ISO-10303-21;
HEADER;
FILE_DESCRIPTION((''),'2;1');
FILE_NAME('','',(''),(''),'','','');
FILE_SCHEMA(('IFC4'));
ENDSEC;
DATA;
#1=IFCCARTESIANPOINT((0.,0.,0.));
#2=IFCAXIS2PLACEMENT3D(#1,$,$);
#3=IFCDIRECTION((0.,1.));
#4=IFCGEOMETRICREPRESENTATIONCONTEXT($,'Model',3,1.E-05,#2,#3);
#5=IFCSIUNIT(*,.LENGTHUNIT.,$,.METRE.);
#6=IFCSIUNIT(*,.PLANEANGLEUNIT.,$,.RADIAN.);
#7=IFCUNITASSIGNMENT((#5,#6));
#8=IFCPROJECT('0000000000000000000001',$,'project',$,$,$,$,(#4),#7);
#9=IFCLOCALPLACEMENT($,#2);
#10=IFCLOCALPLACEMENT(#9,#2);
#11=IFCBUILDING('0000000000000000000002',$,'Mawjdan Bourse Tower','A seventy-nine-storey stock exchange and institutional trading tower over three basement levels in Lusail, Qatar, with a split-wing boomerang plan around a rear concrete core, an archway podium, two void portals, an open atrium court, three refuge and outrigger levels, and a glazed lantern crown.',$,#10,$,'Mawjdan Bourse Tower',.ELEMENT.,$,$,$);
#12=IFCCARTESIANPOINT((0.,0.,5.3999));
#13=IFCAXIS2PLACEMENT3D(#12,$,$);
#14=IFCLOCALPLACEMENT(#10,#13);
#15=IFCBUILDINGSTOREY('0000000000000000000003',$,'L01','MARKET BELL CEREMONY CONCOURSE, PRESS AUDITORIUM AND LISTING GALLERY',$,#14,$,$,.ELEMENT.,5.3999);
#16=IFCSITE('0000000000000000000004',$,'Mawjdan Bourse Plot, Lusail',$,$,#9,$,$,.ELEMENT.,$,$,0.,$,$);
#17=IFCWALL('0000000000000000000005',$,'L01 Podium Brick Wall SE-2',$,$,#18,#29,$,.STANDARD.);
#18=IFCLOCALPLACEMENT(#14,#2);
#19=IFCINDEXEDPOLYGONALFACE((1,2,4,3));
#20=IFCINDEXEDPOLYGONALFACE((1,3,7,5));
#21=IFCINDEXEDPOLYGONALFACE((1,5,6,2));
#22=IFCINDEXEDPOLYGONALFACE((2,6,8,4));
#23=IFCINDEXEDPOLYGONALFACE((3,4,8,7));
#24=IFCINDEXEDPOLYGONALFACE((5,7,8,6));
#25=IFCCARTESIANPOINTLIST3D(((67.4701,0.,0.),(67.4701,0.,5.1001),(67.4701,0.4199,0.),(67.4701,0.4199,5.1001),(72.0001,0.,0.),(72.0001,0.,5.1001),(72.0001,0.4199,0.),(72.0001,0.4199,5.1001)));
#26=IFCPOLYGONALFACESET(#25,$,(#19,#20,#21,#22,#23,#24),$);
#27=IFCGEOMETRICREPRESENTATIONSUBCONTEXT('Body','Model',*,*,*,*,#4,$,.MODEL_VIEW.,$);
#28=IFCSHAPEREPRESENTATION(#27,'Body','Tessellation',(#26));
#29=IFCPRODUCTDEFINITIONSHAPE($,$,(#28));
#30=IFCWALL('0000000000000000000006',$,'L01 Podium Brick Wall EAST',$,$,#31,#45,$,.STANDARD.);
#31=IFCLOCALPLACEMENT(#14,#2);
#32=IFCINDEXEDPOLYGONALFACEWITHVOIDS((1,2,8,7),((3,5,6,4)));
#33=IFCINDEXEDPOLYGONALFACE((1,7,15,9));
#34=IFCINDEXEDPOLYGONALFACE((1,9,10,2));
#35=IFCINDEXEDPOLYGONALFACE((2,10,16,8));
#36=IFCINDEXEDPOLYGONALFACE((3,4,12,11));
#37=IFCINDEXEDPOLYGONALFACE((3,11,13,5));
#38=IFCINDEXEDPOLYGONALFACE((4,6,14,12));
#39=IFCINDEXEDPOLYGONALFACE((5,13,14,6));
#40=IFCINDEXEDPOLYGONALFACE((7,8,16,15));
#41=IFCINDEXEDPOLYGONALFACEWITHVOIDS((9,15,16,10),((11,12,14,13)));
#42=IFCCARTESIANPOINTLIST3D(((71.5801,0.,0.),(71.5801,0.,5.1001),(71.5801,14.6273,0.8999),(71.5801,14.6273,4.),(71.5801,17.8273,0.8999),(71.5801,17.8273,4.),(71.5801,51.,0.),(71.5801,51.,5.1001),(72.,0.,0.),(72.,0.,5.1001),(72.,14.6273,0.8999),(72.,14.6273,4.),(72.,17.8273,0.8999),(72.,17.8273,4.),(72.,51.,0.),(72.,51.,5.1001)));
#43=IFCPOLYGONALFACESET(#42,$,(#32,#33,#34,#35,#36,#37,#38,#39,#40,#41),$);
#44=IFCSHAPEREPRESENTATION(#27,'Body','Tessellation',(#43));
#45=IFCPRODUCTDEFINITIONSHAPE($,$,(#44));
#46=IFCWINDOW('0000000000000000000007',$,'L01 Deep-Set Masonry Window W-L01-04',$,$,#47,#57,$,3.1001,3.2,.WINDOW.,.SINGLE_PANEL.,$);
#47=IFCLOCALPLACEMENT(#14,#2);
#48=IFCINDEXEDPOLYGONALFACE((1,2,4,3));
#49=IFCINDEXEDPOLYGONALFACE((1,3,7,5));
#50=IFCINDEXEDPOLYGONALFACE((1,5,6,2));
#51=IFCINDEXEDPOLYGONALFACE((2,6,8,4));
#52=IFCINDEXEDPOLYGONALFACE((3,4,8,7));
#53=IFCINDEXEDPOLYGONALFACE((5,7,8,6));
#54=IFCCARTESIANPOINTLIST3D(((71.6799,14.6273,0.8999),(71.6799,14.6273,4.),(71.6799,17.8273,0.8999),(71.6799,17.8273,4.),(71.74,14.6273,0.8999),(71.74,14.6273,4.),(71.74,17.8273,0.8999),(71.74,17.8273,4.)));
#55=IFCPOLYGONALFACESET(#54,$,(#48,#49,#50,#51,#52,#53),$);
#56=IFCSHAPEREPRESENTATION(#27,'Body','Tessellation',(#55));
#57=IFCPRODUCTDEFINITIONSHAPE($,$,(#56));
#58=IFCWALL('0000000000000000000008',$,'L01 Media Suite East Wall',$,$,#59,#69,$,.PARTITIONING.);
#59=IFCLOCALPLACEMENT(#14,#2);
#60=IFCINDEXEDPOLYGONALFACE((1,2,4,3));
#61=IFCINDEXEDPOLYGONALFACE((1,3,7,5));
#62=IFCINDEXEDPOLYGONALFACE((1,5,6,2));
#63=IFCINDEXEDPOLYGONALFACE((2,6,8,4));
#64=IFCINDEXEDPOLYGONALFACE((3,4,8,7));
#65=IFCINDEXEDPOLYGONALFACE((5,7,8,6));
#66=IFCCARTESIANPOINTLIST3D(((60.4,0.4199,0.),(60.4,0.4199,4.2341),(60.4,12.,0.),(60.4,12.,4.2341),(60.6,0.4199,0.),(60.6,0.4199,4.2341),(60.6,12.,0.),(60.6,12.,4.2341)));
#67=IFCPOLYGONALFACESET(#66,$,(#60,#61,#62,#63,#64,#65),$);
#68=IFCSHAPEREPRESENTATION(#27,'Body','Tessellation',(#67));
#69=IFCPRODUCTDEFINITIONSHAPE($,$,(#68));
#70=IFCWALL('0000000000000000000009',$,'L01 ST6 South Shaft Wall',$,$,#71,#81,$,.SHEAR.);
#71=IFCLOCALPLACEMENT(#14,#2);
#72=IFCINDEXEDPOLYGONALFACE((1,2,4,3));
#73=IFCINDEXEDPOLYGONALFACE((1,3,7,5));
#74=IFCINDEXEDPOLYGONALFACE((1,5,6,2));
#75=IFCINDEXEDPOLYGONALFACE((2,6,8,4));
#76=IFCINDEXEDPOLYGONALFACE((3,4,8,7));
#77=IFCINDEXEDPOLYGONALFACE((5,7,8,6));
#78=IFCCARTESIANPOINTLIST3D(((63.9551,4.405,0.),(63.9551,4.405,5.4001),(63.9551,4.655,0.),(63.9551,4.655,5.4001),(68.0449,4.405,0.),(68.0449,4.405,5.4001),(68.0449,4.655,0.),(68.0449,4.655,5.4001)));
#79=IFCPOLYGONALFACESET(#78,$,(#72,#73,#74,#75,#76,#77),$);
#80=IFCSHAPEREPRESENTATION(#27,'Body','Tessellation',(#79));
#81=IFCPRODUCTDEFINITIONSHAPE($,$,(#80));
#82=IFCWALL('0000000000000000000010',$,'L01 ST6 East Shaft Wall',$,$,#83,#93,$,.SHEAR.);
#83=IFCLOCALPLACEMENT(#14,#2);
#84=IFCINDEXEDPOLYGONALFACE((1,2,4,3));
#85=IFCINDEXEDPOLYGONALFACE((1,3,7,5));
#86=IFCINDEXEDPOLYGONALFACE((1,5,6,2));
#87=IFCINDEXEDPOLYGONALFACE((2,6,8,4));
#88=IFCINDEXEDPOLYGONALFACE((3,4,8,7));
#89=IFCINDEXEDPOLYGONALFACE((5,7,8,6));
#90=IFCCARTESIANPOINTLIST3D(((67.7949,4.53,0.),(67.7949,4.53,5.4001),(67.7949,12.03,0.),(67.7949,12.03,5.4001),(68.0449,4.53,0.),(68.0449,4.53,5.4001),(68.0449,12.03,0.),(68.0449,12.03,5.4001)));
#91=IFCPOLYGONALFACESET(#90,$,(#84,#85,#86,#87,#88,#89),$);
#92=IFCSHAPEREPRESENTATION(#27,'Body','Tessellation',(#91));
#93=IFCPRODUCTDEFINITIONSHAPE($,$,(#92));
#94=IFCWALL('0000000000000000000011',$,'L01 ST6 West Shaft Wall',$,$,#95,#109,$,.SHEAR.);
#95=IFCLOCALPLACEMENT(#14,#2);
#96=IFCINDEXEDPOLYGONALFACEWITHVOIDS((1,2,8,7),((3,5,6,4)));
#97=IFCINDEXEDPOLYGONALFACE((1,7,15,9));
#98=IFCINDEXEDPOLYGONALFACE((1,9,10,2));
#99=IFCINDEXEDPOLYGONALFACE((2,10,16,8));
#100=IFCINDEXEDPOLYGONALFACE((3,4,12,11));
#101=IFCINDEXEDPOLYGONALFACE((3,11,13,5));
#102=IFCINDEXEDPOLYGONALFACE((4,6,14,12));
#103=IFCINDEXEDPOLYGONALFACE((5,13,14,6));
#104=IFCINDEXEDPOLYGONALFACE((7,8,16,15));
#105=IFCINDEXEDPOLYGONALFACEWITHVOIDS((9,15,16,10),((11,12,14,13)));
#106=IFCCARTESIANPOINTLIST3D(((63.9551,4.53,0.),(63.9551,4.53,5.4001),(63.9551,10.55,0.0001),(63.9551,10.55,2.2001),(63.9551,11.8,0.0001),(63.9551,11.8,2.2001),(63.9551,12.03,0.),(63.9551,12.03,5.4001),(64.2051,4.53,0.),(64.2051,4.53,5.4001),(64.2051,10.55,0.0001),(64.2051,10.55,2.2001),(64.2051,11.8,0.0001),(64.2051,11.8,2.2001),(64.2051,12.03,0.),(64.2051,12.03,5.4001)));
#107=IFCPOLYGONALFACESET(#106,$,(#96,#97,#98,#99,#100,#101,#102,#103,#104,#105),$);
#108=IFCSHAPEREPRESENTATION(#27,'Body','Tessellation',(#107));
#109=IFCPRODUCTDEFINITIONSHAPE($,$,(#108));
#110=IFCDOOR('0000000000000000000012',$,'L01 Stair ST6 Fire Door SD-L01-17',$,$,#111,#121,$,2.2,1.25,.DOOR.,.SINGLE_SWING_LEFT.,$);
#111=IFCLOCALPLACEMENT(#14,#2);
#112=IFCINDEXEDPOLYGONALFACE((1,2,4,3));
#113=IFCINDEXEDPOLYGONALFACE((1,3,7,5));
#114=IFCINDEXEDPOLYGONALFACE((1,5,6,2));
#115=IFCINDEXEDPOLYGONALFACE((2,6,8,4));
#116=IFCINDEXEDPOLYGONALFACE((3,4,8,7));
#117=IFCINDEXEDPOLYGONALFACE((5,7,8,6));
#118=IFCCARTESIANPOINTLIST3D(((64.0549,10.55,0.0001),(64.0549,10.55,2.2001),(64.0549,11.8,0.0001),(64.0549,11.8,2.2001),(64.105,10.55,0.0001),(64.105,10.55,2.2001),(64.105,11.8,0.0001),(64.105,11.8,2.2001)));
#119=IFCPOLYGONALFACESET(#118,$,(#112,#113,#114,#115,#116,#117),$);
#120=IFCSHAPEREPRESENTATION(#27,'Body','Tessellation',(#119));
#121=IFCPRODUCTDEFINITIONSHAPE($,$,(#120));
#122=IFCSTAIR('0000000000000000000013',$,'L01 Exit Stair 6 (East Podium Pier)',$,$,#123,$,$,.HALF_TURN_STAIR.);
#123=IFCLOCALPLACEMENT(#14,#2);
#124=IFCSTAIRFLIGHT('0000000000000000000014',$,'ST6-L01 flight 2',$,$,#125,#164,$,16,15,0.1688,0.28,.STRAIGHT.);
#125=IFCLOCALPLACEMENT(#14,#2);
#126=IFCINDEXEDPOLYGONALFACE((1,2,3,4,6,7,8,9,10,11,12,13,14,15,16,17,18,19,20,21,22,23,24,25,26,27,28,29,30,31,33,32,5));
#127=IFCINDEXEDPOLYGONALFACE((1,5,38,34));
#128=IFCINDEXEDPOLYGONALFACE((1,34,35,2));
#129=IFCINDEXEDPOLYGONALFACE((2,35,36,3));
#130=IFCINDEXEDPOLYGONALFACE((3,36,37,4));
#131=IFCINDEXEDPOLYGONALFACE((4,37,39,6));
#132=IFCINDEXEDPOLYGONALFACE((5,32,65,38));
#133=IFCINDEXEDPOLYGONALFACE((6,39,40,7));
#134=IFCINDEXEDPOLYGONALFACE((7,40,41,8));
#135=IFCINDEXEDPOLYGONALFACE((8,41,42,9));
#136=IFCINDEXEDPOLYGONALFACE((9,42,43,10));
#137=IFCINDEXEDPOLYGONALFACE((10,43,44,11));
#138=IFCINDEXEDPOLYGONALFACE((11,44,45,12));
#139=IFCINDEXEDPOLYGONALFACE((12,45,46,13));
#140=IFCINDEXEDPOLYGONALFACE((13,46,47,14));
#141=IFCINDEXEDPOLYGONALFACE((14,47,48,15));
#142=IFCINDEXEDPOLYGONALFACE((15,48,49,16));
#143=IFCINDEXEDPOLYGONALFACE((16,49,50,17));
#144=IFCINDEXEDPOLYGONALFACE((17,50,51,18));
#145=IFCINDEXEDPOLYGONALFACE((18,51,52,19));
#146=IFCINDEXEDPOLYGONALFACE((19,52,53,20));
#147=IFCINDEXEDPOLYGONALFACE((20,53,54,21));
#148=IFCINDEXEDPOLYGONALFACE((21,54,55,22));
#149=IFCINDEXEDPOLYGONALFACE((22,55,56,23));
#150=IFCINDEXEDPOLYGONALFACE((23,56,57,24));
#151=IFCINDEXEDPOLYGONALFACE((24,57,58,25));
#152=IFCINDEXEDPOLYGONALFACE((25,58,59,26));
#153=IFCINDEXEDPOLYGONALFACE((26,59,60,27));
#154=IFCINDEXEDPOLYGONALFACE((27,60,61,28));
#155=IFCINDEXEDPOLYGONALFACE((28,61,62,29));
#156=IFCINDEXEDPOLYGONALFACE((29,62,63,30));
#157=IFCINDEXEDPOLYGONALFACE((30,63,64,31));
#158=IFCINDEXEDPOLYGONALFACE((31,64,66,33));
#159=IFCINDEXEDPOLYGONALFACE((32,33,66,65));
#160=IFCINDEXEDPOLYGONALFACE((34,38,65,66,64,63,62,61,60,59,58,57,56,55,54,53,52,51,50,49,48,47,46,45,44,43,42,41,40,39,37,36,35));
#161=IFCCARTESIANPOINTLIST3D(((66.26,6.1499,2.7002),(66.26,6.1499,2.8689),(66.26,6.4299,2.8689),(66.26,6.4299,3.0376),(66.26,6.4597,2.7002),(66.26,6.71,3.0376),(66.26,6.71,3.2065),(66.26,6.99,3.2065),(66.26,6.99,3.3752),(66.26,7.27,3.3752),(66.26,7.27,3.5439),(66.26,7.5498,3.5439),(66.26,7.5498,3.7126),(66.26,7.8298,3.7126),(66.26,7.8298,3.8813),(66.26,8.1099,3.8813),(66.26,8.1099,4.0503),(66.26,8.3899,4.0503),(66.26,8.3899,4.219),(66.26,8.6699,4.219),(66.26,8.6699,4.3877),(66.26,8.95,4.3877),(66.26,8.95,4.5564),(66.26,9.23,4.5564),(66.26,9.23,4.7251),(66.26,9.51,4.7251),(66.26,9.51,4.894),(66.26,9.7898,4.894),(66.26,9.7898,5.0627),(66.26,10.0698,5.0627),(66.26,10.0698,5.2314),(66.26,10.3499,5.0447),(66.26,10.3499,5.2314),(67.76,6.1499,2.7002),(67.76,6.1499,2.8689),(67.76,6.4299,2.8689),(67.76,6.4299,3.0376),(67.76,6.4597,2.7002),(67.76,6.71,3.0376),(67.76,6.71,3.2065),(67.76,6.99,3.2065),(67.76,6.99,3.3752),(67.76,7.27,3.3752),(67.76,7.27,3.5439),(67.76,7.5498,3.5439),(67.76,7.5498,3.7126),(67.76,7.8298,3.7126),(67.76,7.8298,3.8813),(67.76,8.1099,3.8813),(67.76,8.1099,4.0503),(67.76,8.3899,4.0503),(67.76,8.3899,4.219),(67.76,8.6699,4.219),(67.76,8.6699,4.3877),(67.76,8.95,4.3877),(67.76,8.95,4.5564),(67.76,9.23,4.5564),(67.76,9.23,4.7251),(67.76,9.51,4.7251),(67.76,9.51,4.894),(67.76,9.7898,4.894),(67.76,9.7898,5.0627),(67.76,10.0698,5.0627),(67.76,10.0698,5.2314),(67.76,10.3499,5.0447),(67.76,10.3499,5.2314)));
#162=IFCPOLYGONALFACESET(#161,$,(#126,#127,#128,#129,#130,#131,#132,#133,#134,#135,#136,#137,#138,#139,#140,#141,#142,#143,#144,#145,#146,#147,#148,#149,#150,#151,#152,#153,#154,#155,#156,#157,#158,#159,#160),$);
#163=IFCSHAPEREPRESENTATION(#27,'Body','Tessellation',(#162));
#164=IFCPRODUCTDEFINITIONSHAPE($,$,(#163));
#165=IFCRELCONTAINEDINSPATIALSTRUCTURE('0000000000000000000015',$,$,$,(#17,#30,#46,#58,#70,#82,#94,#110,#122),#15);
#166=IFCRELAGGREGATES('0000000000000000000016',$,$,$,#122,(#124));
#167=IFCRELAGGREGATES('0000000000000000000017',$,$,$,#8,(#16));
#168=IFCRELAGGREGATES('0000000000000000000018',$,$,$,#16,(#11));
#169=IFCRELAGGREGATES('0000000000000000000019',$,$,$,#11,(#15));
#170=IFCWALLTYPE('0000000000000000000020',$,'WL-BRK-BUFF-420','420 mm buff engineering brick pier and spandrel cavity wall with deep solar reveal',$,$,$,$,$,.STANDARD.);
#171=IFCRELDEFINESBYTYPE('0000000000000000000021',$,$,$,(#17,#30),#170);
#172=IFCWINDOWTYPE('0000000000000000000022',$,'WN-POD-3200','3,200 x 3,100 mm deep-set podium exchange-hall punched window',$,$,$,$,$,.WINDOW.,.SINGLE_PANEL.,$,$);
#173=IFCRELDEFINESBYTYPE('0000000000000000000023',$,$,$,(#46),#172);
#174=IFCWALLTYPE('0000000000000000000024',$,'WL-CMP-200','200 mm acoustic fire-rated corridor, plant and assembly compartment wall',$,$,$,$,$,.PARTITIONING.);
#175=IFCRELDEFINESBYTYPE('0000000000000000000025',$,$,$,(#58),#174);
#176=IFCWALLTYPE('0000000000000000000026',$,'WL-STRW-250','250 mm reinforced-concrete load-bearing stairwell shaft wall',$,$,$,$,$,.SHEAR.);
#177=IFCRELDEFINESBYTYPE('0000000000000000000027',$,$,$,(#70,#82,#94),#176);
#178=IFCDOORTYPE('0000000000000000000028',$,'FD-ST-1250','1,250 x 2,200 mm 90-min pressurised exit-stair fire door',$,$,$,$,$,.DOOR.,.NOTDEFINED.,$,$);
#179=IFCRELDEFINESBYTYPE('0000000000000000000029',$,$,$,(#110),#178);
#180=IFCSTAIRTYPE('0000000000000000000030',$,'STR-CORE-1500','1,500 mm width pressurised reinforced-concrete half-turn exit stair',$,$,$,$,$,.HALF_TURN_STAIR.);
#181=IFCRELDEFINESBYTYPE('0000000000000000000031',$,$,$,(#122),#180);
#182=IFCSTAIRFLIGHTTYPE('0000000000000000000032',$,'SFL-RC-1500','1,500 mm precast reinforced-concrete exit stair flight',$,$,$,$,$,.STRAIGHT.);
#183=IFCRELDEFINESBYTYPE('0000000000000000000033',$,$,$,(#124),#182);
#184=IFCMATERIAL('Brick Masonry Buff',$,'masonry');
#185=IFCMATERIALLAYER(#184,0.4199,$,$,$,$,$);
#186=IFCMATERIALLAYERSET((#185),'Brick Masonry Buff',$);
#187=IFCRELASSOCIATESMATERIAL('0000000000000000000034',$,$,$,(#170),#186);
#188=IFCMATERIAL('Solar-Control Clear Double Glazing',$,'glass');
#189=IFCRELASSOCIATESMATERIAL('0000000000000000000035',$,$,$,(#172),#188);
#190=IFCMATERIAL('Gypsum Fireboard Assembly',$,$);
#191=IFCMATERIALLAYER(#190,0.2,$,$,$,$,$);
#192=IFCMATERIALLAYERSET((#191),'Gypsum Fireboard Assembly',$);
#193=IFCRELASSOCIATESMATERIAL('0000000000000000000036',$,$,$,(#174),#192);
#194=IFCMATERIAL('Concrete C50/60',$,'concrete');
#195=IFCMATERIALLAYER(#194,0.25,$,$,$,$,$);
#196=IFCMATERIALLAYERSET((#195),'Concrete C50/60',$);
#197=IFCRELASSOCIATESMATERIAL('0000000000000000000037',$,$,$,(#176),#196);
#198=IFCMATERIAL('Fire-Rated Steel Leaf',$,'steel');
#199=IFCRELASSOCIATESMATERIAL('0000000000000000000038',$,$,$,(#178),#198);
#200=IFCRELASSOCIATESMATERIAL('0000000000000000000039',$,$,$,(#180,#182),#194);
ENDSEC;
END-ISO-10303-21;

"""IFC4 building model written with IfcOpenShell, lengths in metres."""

from ifc_helpers import new_model, si_unit, direction, frame, frame_2d, origin, place, context, subcontext, project, spatial, polyline, rectangle, outline, extrude, material, layer, layer_set, type_object, element, fill, aggregate, save


model = new_model("IFC4")

# Units and contexts
model_context = context("Model", 3, precision=1e-05, world=origin(), true_north=direction((0.0, 1.0)))
body_context = subcontext(model_context, "Body", "Model", "MODEL_VIEW")
ifc_project = project(units=[si_unit("LENGTHUNIT", "METRE"), si_unit("PLANEANGLEUNIT", "RADIAN")], contexts=[model_context])

# Site, building, storey
site_placement = place(None, origin())
site = spatial("IfcSite", under=ifc_project, at=site_placement, Name="Mawjdan Bourse Plot, Lusail", CompositionType="ELEMENT", RefElevation=0.0)
building_placement = place(site_placement, origin())
building = spatial("IfcBuilding", under=site, at=building_placement, Name="Mawjdan Bourse Tower", Description="A seventy-nine-storey stock exchange and institutional trading tower over three basement levels in Lusail, Qatar, with a split-wing boomerang plan around a rear concrete core, an archway podium, two void portals, an open atrium court, three refuge and outrigger levels, and a glazed lantern crown.", LongName="Mawjdan Bourse Tower", CompositionType="ELEMENT")
storey_placement = place(building_placement, frame((0.0, 0.0, 5.3999)))
storey = spatial("IfcBuildingStorey", under=building, at=storey_placement, Name="L01", Description="MARKET BELL CEREMONY CONCOURSE, PRESS AUDITORIUM AND LISTING GALLERY", CompositionType="ELEMENT", Elevation=5.3999)

# Wall
ifc_material_1 = material(Name="Brick Masonry Buff", Category="masonry")
ifc_layer_1 = layer(ifc_material_1, 0.4199)
ifc_layer_set_1 = layer_set([ifc_layer_1], Name="Brick Masonry Buff")
wall_type_1 = type_object("IfcWallType", Name="WL-BRK-BUFF-420", Description="420 mm buff engineering brick pier and spandrel cavity wall with deep solar reveal", PredefinedType="STANDARD", material=ifc_layer_set_1)
wall_1_placement = place(storey_placement, frame((67.47, 0.21, 0.0), z_axis=(0.0, 0.0, 1.0), x_axis=(1.0, 0.0, 0.0)))
element("IfcWall", 1, at=wall_1_placement, inside=storey, type_object=wall_type_1, Name="L01 Podium Brick Wall SE-2", PredefinedType="STANDARD", context=body_context, shape_type="SweptSolid", body=[
    extrude(rectangle(XDim=4.53, YDim=0.4199, at=frame_2d((2.2651, 0.0))), origin(), (0.0, 0.0, 1.0), 5.1001),
])

# Wall, opening, window
wall_2_placement = place(storey_placement, frame((71.79, 0.0, 0.0), z_axis=(0.0, 0.0, 1.0), x_axis=(0.0, 1.0, 0.0)))
wall_2 = element("IfcWall", 2, at=wall_2_placement, inside=storey, type_object=wall_type_1, Name="L01 Podium Brick Wall EAST", PredefinedType="STANDARD", context=body_context, shape_type="SweptSolid", body=[
    extrude(rectangle(XDim=51.0, YDim=0.4199, at=frame_2d((25.5, 0.0))), origin(), (0.0, 0.0, 1.0), 5.1001),
])
opening_1_placement = place(wall_2_placement, frame((14.6272, 0.0, 0.8999)))
opening_1 = element("IfcOpeningElement", 3, at=opening_1_placement, cuts=wall_2, PredefinedType="OPENING", context=body_context, shape_type="SweptSolid", body=[
    extrude(rectangle(XDim=3.2, YDim=3.1001, at=frame_2d((1.6001, 1.55))), frame((0.0, 0.22, 0.0), z_axis=(0.0, -1.0, 0.0), x_axis=(1.0, 0.0, 0.0)), (0.0, 0.0, 1.0), 0.4399),
])
ifc_material_2 = material(Name="Solar-Control Clear Double Glazing", Category="glass")
window_type = type_object("IfcWindowType", Name="WN-POD-3200", Description="3,200 x 3,100 mm deep-set podium exchange-hall punched window", PartitioningType="SINGLE_PANEL", PredefinedType="WINDOW", material=ifc_material_2)
window_placement = place(opening_1_placement, origin())
window = element("IfcWindow", 4, at=window_placement, inside=storey, type_object=window_type, Name="L01 Deep-Set Masonry Window W-L01-04", OverallHeight=3.1001, OverallWidth=3.2, PartitioningType="SINGLE_PANEL", PredefinedType="WINDOW", context=body_context, shape_type="SweptSolid", body=[
    extrude(rectangle(XDim=3.2, YDim=3.1001, at=frame_2d((1.6001, 1.55))), frame((0.0, 0.1101, 0.0), z_axis=(0.0, -1.0, 0.0), x_axis=(1.0, 0.0, 0.0)), (0.0, 0.0, 1.0), 0.0601),
])
fill(opening_1, window)

# Walls
ifc_material_3 = material(Name="Gypsum Fireboard Assembly")
ifc_layer_2 = layer(ifc_material_3, 0.2)
ifc_layer_set_2 = layer_set([ifc_layer_2], Name="Gypsum Fireboard Assembly")
wall_type_2 = type_object("IfcWallType", Name="WL-CMP-200", Description="200 mm acoustic fire-rated corridor, plant and assembly compartment wall", PredefinedType="PARTITIONING", material=ifc_layer_set_2)
wall_3_placement = place(storey_placement, frame((60.5, 0.4199, 0.0), z_axis=(0.0, 0.0, 1.0), x_axis=(0.0, 1.0, 0.0)))
element("IfcWall", 5, at=wall_3_placement, inside=storey, type_object=wall_type_2, Name="L01 Media Suite East Wall", PredefinedType="PARTITIONING", context=body_context, shape_type="SweptSolid", body=[
    extrude(rectangle(XDim=11.5801, YDim=0.2, at=frame_2d((5.79, 0.0))), origin(), (0.0, 0.0, 1.0), 4.2341),
])
ifc_material_4 = material(Name="Concrete C50/60", Category="concrete")
ifc_layer_3 = layer(ifc_material_4, 0.25)
ifc_layer_set_3 = layer_set([ifc_layer_3], Name="Concrete C50/60")
wall_type_3 = type_object("IfcWallType", Name="WL-STRW-250", Description="250 mm reinforced-concrete load-bearing stairwell shaft wall", PredefinedType="SHEAR", material=ifc_layer_set_3)
wall_4_placement = place(storey_placement, frame((63.9551, 4.53, 0.0), z_axis=(0.0, 0.0, 1.0), x_axis=(1.0, 0.0, 0.0)))
element("IfcWall", 6, at=wall_4_placement, inside=storey, type_object=wall_type_3, Name="L01 ST6 South Shaft Wall", PredefinedType="SHEAR", context=body_context, shape_type="SweptSolid", body=[
    extrude(rectangle(XDim=4.0898, YDim=0.25, at=frame_2d((2.0449, 0.0))), origin(), (0.0, 0.0, 1.0), 5.4001),
])
wall_5_placement = place(storey_placement, frame((67.9199, 4.53, 0.0), z_axis=(0.0, 0.0, 1.0), x_axis=(0.0, 1.0, 0.0)))
element("IfcWall", 7, at=wall_5_placement, inside=storey, type_object=wall_type_3, Name="L01 ST6 East Shaft Wall", PredefinedType="SHEAR", context=body_context, shape_type="SweptSolid", body=[
    extrude(rectangle(XDim=7.5, YDim=0.25, at=frame_2d((3.75, 0.0))), origin(), (0.0, 0.0, 1.0), 5.4001),
])

# Wall, opening, door
wall_6_placement = place(storey_placement, frame((64.0801, 4.53, 0.0), z_axis=(0.0, 0.0, 1.0), x_axis=(0.0, 1.0, 0.0)))
wall_6 = element("IfcWall", 8, at=wall_6_placement, inside=storey, type_object=wall_type_3, Name="L01 ST6 West Shaft Wall", PredefinedType="SHEAR", context=body_context, shape_type="SweptSolid", body=[
    extrude(rectangle(XDim=7.5, YDim=0.25, at=frame_2d((3.75, 0.0))), origin(), (0.0, 0.0, 1.0), 5.4001),
])
opening_2_placement = place(wall_6_placement, frame((6.02, 0.0, 0.0)))
opening_2 = element("IfcOpeningElement", 9, at=opening_2_placement, cuts=wall_6, PredefinedType="OPENING", context=body_context, shape_type="SweptSolid", body=[
    extrude(rectangle(XDim=1.25, YDim=2.2, at=frame_2d((0.625, 1.1001))), frame((0.0, 0.135, 0.0), z_axis=(0.0, -1.0, 0.0), x_axis=(1.0, 0.0, 0.0)), (0.0, 0.0, 1.0), 0.27),
])
ifc_material_5 = material(Name="Fire-Rated Steel Leaf", Category="steel")
door_type = type_object("IfcDoorType", Name="FD-ST-1250", Description="1,250 x 2,200 mm 90-min pressurised exit-stair fire door", OperationType="NOTDEFINED", PredefinedType="DOOR", material=ifc_material_5)
door_placement = place(opening_2_placement, frame((1.25, 0.0, 0.0), z_axis=(0.0, 0.0, 1.0), x_axis=(-1.0, 0.0, 0.0)))
door = element("IfcDoor", 10, at=door_placement, inside=storey, type_object=door_type, Name="L01 Stair ST6 Fire Door SD-L01-17", OperationType="SINGLE_SWING_LEFT", OverallHeight=2.2, OverallWidth=1.25, PredefinedType="DOOR", context=body_context, shape_type="SweptSolid", body=[
    extrude(rectangle(XDim=1.25, YDim=2.2, at=frame_2d((0.625, 1.1001))), frame((0.0, 0.0249, 0.0), z_axis=(0.0, -1.0, 0.0), x_axis=(1.0, 0.0, 0.0)), (0.0, 0.0, 1.0), 0.05),
])
fill(opening_2, door)

# Stair, stair flight
stair_type = type_object("IfcStairType", Name="STR-CORE-1500", Description="1,500 mm width pressurised reinforced-concrete half-turn exit stair", PredefinedType="HALF_TURN_STAIR", material=ifc_material_4)
stair_placement = place(storey_placement, origin())
stair = element("IfcStair", 11, at=stair_placement, inside=storey, type_object=stair_type, Name="L01 Exit Stair 6 (East Podium Pier)", PredefinedType="HALF_TURN_STAIR")
stair_flight_type = type_object("IfcStairFlightType", Name="SFL-RC-1500", Description="1,500 mm precast reinforced-concrete exit stair flight", PredefinedType="STRAIGHT", material=ifc_material_4)
stair_flight_placement = place(storey_placement, frame((67.01, 6.1499, 2.7002), z_axis=(0.0, 0.0, 1.0), x_axis=(0.0, 1.0, 0.0)))
stair_flight = element("IfcStairFlight", 12, at=stair_flight_placement, type_object=stair_flight_type, Name="ST6-L01 flight 2", NumberOfRisers=16, NumberOfTreads=15, PredefinedType="STRAIGHT", RiserHeight=0.1688, TreadLength=0.28, context=body_context, shape_type="SweptSolid", body=[
    extrude(outline(polyline([(0.0, 0.0), (0.0, 0.1687), (0.28, 0.1687), (0.28, 0.3374), (0.5601, 0.3374), (0.5601, 0.5063), (0.8401, 0.5063), (0.8401, 0.675), (1.1201, 0.675), (1.1201, 0.8438), (1.3999, 0.8438), (1.3999, 1.0125), (1.6799, 1.0125), (1.6799, 1.1812), (1.96, 1.1812), (1.96, 1.3501), (2.24, 1.3501), (2.24, 1.5188), (2.52, 1.5188), (2.52, 1.6875), (2.8, 1.6875), (2.8, 1.8562), (3.0801, 1.8562), (3.0801, 2.0249), (3.3601, 2.0249), (3.3601, 2.1938), (3.6399, 2.1938), (3.6399, 2.3625), (3.9199, 2.3625), (3.9199, 2.5312), (4.2, 2.5312), (4.2, 2.7), (4.2, 2.3445), (0.3098, 0.0), (0.0, 0.0)])), frame((0.0, 0.75, 0.0), z_axis=(0.0, -1.0, 0.0), x_axis=(1.0, 0.0, 0.0)), (0.0, 0.0, 1.0), 1.5),
])
aggregate(stair, [stair_flight])

save(model, "model.ifc")
